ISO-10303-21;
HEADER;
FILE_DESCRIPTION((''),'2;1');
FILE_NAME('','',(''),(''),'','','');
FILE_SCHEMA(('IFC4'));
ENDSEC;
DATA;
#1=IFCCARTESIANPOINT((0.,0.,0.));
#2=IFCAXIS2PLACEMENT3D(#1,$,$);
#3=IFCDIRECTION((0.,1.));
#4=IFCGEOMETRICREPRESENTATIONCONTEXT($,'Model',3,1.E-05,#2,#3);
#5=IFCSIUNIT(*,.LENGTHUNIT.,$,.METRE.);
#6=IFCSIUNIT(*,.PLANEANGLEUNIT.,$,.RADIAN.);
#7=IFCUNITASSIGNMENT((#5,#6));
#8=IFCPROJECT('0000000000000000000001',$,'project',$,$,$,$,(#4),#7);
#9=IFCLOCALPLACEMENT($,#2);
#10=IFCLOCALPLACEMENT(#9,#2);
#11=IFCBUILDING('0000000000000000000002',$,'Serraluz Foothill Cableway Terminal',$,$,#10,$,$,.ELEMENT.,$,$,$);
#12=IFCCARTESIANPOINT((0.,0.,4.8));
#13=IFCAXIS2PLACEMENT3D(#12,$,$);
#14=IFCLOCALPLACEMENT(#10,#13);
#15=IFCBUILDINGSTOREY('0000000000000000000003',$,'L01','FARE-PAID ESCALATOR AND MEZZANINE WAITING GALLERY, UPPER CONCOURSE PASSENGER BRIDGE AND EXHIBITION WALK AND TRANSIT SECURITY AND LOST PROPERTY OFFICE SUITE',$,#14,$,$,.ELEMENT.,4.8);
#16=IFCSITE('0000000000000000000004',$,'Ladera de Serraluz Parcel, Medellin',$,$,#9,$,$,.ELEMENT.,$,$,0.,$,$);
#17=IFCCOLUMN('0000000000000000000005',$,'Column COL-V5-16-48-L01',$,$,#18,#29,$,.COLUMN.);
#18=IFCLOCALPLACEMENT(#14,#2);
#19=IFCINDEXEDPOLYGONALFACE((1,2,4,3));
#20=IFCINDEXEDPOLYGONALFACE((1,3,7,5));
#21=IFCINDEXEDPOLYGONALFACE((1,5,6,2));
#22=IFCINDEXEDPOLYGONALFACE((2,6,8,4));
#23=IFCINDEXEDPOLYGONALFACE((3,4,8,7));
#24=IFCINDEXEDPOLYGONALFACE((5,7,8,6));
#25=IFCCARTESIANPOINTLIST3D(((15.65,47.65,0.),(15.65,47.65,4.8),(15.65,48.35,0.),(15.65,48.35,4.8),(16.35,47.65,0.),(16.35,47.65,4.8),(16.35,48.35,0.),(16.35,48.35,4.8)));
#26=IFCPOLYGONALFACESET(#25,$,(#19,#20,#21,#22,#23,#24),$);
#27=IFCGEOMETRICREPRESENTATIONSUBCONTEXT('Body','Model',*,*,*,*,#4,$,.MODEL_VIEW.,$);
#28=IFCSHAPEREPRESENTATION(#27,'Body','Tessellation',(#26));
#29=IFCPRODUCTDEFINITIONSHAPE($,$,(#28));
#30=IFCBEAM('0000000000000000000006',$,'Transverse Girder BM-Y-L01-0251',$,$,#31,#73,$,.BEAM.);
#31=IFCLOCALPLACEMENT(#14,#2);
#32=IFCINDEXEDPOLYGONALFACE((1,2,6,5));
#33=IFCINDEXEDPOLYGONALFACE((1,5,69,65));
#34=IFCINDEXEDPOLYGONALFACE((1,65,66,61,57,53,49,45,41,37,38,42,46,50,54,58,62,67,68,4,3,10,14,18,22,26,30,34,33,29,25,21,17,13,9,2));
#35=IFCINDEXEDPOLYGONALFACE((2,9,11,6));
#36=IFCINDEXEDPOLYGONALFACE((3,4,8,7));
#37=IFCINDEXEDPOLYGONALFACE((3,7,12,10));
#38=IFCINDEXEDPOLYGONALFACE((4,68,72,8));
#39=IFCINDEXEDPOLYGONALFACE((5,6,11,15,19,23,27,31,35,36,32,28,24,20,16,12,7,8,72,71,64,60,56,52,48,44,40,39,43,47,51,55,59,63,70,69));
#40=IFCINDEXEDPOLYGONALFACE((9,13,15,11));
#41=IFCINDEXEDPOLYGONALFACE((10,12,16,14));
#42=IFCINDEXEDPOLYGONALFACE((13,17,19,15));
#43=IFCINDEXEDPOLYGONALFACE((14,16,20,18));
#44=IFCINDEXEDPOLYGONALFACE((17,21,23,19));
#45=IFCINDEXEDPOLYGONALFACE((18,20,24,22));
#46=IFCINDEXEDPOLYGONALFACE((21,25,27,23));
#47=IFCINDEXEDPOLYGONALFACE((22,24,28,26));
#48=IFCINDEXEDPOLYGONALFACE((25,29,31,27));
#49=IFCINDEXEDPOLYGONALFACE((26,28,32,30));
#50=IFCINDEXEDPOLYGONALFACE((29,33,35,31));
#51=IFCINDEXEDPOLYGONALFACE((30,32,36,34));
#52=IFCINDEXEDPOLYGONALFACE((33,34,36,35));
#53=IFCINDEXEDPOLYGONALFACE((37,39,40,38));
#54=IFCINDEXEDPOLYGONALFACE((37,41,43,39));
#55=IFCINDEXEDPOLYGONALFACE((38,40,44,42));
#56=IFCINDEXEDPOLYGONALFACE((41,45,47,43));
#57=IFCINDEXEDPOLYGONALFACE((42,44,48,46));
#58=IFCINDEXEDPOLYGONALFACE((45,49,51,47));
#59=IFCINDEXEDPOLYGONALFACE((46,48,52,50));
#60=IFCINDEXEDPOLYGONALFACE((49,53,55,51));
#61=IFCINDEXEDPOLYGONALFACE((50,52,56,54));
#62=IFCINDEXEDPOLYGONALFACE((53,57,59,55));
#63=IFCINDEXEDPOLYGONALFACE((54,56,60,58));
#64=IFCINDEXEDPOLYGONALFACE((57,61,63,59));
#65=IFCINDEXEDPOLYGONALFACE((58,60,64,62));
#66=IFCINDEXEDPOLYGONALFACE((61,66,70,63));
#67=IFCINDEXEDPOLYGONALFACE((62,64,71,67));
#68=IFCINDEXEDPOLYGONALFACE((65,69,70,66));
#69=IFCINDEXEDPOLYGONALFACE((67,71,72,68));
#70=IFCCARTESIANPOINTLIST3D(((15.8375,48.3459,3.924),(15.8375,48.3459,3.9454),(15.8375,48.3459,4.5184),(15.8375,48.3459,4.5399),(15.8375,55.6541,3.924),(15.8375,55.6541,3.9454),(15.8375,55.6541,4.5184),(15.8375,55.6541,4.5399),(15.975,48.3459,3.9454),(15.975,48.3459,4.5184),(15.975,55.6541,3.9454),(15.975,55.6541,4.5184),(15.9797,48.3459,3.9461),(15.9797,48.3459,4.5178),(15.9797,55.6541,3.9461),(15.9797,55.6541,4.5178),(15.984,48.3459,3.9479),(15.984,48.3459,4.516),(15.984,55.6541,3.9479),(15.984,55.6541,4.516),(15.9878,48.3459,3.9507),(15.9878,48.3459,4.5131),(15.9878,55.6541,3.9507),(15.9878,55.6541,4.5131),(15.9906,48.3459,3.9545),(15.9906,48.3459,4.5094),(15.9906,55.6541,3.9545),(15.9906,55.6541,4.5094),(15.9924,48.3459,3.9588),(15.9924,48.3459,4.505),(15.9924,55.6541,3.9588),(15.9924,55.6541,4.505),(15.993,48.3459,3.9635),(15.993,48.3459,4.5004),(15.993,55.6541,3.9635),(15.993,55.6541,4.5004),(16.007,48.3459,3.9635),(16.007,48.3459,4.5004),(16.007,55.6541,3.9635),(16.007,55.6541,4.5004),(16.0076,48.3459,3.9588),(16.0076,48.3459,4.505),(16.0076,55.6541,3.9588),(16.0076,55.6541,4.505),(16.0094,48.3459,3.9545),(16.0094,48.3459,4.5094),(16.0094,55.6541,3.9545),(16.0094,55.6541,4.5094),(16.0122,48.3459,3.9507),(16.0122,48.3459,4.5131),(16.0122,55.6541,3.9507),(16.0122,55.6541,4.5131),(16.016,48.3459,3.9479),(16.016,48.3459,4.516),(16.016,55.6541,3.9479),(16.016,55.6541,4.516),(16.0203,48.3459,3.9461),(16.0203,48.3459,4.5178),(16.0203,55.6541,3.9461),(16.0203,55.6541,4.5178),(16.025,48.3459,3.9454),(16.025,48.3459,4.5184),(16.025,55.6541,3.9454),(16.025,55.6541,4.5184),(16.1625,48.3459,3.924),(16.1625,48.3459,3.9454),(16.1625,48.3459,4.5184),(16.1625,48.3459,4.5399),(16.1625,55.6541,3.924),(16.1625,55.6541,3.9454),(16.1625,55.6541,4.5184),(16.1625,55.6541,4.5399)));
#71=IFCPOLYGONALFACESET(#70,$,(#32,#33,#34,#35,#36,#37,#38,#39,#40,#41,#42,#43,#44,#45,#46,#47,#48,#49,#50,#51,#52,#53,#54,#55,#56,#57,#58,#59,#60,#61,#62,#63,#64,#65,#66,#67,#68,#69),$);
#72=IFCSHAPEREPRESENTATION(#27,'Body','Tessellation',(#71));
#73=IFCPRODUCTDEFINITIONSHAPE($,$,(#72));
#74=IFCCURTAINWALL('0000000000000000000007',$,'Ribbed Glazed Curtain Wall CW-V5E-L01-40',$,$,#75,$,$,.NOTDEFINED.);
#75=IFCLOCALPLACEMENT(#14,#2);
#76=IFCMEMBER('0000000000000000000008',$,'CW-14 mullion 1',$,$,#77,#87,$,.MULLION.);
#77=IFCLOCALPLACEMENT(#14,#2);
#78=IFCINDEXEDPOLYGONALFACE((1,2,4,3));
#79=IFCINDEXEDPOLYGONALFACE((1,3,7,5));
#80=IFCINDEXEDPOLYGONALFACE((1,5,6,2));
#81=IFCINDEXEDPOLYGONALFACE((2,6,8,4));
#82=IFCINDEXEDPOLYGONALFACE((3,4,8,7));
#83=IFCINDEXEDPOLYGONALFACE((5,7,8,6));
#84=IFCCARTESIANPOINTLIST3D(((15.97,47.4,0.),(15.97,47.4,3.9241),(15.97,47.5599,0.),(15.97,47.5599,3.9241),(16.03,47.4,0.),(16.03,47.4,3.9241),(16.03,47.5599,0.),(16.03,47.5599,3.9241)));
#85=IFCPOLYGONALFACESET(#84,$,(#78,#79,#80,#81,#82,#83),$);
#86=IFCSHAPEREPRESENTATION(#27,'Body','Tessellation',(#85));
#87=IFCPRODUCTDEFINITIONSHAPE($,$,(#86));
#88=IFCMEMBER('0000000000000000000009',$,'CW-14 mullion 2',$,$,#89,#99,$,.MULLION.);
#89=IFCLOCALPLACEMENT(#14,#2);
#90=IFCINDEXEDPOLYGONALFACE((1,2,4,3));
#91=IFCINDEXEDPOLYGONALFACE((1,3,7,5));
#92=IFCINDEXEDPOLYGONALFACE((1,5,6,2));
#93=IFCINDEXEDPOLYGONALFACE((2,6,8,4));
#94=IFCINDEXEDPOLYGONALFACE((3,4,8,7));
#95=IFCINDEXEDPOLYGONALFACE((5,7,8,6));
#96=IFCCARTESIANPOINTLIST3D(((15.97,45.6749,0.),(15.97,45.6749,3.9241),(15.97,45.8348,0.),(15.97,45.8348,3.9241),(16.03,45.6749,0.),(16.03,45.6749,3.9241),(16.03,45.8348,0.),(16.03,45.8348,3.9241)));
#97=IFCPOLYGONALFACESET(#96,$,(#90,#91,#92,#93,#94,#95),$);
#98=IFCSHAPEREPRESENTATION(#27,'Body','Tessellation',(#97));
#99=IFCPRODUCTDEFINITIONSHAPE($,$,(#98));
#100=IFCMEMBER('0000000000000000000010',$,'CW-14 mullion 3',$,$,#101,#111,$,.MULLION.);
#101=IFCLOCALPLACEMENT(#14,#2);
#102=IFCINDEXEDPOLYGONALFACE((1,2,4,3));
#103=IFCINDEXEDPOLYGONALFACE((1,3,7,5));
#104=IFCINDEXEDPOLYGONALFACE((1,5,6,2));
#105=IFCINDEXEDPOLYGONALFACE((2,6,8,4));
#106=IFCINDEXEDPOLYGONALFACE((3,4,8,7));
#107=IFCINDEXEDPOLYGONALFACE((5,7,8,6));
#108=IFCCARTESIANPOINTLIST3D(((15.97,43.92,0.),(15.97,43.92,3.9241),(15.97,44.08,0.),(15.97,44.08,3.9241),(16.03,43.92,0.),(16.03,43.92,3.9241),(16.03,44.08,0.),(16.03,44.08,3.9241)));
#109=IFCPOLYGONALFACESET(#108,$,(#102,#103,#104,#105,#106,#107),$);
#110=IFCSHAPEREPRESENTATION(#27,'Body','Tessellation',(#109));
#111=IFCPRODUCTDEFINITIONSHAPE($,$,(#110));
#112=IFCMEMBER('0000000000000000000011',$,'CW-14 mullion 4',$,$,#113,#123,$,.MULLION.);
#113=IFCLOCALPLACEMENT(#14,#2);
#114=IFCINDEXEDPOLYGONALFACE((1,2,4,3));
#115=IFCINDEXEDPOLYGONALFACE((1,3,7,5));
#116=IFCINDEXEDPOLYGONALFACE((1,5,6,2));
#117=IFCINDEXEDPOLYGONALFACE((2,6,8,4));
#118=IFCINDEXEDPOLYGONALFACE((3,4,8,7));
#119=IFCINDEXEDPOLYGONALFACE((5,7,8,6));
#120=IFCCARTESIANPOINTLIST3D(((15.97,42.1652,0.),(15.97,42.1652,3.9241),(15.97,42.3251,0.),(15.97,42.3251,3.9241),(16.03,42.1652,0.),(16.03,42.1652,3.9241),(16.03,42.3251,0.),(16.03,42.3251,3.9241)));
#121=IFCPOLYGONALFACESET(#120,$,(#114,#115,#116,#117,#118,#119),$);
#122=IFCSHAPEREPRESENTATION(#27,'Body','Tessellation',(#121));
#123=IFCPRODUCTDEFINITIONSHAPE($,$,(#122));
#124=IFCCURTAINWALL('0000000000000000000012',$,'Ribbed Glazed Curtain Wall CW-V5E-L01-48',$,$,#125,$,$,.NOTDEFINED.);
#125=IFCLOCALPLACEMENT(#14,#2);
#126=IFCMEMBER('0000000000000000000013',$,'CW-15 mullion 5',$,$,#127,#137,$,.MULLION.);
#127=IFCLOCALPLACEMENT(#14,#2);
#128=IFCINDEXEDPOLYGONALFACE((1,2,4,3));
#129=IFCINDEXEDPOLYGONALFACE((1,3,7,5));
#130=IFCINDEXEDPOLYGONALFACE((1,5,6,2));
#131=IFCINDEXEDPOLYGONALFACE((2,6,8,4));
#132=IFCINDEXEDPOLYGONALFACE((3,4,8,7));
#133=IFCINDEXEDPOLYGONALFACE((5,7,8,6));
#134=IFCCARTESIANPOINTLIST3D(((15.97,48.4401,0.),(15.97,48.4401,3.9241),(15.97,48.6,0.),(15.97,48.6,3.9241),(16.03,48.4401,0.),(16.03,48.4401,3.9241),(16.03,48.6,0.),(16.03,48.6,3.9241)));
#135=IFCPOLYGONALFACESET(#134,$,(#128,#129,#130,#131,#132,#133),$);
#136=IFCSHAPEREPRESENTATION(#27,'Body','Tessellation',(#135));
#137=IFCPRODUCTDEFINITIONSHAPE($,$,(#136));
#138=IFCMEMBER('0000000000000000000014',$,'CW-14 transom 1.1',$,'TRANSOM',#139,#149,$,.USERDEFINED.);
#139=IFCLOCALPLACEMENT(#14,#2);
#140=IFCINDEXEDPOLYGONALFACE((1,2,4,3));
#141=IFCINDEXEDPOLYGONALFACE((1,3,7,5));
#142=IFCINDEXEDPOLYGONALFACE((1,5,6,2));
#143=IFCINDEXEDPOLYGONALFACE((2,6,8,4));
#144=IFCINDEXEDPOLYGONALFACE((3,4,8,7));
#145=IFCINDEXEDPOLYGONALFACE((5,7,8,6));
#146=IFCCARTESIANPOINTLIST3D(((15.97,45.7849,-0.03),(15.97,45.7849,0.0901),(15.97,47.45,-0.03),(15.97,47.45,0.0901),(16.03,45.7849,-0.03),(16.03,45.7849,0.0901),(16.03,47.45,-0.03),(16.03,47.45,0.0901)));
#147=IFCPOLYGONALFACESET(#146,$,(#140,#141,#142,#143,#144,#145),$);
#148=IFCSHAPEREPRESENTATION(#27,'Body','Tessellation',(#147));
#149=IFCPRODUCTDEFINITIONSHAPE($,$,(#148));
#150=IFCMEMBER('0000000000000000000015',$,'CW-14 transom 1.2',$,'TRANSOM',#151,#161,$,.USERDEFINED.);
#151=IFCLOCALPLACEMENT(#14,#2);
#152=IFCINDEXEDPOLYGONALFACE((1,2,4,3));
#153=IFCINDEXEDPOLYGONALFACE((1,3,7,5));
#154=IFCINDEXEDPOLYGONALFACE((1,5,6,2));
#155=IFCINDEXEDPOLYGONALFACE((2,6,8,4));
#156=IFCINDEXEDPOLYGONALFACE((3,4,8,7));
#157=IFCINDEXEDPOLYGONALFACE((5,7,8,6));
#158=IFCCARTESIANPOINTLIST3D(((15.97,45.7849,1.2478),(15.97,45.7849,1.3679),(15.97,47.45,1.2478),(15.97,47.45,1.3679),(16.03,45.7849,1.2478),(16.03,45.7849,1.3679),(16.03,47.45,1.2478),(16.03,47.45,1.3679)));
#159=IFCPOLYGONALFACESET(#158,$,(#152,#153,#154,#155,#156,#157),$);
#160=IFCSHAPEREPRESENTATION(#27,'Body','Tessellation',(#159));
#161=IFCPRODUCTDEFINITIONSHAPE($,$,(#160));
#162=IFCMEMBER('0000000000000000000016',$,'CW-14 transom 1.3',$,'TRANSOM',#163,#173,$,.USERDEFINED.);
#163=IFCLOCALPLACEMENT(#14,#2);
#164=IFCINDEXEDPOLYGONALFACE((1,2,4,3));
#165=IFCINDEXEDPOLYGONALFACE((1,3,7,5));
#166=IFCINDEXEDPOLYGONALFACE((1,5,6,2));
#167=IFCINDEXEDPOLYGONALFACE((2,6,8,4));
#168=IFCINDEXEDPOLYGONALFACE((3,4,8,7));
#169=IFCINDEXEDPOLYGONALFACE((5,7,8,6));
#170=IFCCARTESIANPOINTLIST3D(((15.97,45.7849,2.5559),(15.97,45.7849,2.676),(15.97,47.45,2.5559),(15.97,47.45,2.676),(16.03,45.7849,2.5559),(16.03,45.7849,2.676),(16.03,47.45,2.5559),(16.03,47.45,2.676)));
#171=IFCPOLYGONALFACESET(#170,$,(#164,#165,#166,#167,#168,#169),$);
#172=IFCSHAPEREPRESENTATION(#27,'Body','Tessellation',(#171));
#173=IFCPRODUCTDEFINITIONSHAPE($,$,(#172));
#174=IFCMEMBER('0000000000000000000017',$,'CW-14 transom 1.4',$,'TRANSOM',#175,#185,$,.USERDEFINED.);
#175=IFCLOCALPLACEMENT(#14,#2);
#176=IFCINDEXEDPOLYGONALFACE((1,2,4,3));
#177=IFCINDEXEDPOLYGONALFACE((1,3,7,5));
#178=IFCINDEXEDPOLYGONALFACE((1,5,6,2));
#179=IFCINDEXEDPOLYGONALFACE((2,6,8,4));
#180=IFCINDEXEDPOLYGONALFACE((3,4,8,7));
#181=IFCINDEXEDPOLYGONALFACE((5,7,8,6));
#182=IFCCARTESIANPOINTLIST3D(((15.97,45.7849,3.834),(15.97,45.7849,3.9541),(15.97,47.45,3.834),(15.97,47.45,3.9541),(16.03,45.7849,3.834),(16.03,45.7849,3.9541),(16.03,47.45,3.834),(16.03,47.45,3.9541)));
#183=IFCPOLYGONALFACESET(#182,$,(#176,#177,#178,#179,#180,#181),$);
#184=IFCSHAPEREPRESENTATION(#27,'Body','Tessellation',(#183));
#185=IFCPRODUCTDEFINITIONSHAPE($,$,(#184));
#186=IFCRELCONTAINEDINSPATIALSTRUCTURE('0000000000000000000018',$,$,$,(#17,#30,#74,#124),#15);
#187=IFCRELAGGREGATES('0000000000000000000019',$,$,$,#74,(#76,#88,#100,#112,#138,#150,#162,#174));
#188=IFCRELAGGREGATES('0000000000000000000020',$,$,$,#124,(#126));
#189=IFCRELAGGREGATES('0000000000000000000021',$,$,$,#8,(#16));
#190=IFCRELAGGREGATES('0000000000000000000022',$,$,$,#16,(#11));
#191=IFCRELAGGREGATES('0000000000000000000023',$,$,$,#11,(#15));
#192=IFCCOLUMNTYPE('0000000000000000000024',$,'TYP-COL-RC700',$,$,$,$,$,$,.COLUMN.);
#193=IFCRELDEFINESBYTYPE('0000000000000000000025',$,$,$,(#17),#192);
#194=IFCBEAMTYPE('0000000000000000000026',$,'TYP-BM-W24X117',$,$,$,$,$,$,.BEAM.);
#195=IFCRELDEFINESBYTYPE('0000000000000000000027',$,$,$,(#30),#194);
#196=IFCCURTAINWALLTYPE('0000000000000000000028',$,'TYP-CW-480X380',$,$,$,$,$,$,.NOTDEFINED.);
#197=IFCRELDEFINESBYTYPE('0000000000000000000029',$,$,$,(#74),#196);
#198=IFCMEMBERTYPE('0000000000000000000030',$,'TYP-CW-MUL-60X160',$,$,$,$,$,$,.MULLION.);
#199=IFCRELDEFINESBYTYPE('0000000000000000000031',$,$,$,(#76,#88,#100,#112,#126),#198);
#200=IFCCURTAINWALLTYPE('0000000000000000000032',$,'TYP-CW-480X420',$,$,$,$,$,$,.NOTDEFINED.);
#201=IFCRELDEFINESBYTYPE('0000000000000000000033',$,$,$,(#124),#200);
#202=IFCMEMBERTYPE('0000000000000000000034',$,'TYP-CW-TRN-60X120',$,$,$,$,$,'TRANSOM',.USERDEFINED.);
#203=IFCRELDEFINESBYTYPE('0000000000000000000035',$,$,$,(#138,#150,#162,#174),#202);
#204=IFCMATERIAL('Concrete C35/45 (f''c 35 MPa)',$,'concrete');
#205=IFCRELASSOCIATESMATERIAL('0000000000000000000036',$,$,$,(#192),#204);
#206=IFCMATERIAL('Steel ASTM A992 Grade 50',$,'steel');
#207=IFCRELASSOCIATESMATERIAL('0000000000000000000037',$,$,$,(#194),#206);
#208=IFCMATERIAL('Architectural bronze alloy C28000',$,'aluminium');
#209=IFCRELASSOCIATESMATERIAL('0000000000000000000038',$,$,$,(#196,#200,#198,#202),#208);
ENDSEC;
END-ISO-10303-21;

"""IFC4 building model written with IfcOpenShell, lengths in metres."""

from ifc_helpers import new_model, si_unit, direction, frame, origin, origin_2d, place, context, subcontext, project, spatial, rectangle, i_section, extrude, material, material_profile, profile_set, type_object, element, aggregate, save


model = new_model("IFC4")

# Units and contexts
model_context = context("Model", 3, precision=1e-05, world=origin(), true_north=direction((0.0, 1.0)))
body_context = subcontext(model_context, "Body", "Model", "MODEL_VIEW")
ifc_project = project(units=[si_unit("LENGTHUNIT", "METRE"), si_unit("PLANEANGLEUNIT", "RADIAN")], contexts=[model_context])

# Site, building, storey
site_placement = place(None, origin())
site = spatial("IfcSite", under=ifc_project, at=site_placement, Name="Ladera de Serraluz Parcel, Medellin", CompositionType="ELEMENT", RefElevation=0.0)
building_placement = place(site_placement, origin())
building = spatial("IfcBuilding", under=site, at=building_placement, Name="Serraluz Foothill Cableway Terminal", CompositionType="ELEMENT")
storey_placement = place(building_placement, frame((0.0, 0.0, 4.8)))
storey = spatial("IfcBuildingStorey", under=building, at=storey_placement, Name="L01", Description="FARE-PAID ESCALATOR AND MEZZANINE WAITING GALLERY, UPPER CONCOURSE PASSENGER BRIDGE AND EXHIBITION WALK AND TRANSIT SECURITY AND LOST PROPERTY OFFICE SUITE", CompositionType="ELEMENT", Elevation=4.8)

# Column
ifc_material_1 = material(Name="Concrete C35/45 (f'c 35 MPa)", Category="concrete")
ifc_material_profile_1 = material_profile(ifc_material_1, rectangle(XDim=0.7, YDim=0.7, at=origin_2d()), Name="RC 700x700")
ifc_profile_set_1 = profile_set([ifc_material_profile_1], Name="Concrete C35/45 (f'c 35 MPa)")
column_type = type_object("IfcColumnType", Name="TYP-COL-RC700", PredefinedType="COLUMN", material=ifc_profile_set_1)
column_placement = place(storey_placement, frame((16.0, 48.0, 0.0), z_axis=(0.0, 0.0, 1.0), x_axis=(1.0, 0.0, 0.0)))
element("IfcColumn", 1, at=column_placement, inside=storey, type_object=column_type, Name="Column COL-V5-16-48-L01", PredefinedType="COLUMN", context=body_context, shape_type="SweptSolid", body=[
    extrude(rectangle(XDim=0.7, YDim=0.7, at=origin_2d()), origin(), (0.0, 0.0, 1.0), 4.8),
])

# Beam
ifc_material_2 = material(Name="Steel ASTM A992 Grade 50", Category="steel")
ifc_material_profile_2 = material_profile(ifc_material_2, i_section(OverallWidth=0.325, OverallDepth=0.616, WebThickness=0.0139, FlangeThickness=0.0215, FilletRadius=0.0181, at=origin_2d()), Name="W24X117")
ifc_profile_set_2 = profile_set([ifc_material_profile_2], Name="Steel ASTM A992 Grade 50")
beam_type = type_object("IfcBeamType", Name="TYP-BM-W24X117", PredefinedType="BEAM", material=ifc_profile_set_2)
beam_placement = place(storey_placement, frame((16.0, 48.3459, 4.2319), z_axis=(0.0, 1.0, 0.0), x_axis=(-1.0, 0.0, 0.0)))
element("IfcBeam", 2, at=beam_placement, inside=storey, type_object=beam_type, Name="Transverse Girder BM-Y-L01-0251", PredefinedType="BEAM", context=body_context, shape_type="SweptSolid", body=[
    extrude(i_section(OverallWidth=0.325, OverallDepth=0.616, WebThickness=0.0139, FlangeThickness=0.0215, FilletRadius=0.0181, at=origin_2d()), origin(), (0.0, 0.0, 1.0), 7.3081),
])

# Curtain wall, members
ifc_material_3 = material(Name="Architectural bronze alloy C28000", Category="aluminium")
curtain_wall_type_1 = type_object("IfcCurtainWallType", Name="TYP-CW-480X380", PredefinedType="NOTDEFINED", material=ifc_material_3)
curtain_wall_1_placement = place(storey_placement, origin())
curtain_wall_1 = element("IfcCurtainWall", 3, at=curtain_wall_1_placement, inside=storey, type_object=curtain_wall_type_1, Name="Ribbed Glazed Curtain Wall CW-V5E-L01-40", PredefinedType="NOTDEFINED")
ifc_material_profile_3 = material_profile(ifc_material_3, rectangle(XDim=0.0601, YDim=0.1599, at=origin_2d()), Name="ALU MULLION 60x160")
ifc_profile_set_3 = profile_set([ifc_material_profile_3], Name="Architectural bronze alloy C28000")
member_type_1 = type_object("IfcMemberType", Name="TYP-CW-MUL-60X160", PredefinedType="MULLION", material=ifc_profile_set_3)
member_1_placement = place(storey_placement, frame((16.0, 47.48, 0.0), z_axis=(0.0, 0.0, 1.0), x_axis=(1.0, 0.0, 0.0)))
member_1 = element("IfcMember", 4, at=member_1_placement, type_object=member_type_1, Name="CW-14 mullion 1", PredefinedType="MULLION", context=body_context, shape_type="SweptSolid", body=[
    extrude(rectangle(XDim=0.0601, YDim=0.1599, at=origin_2d()), origin(), (0.0, 0.0, 1.0), 3.9241),
])
member_2_placement = place(storey_placement, frame((16.0, 45.7549, 0.0), z_axis=(0.0, 0.0, 1.0), x_axis=(1.0, 0.0, 0.0)))
member_2 = element("IfcMember", 5, at=member_2_placement, type_object=member_type_1, Name="CW-14 mullion 2", PredefinedType="MULLION", context=body_context, shape_type="SweptSolid", body=[
    extrude(rectangle(XDim=0.0601, YDim=0.1599, at=origin_2d()), origin(), (0.0, 0.0, 1.0), 3.9241),
])
member_3_placement = place(storey_placement, frame((16.0, 44.0, 0.0), z_axis=(0.0, 0.0, 1.0), x_axis=(1.0, 0.0, 0.0)))
member_3 = element("IfcMember", 6, at=member_3_placement, type_object=member_type_1, Name="CW-14 mullion 3", PredefinedType="MULLION", context=body_context, shape_type="SweptSolid", body=[
    extrude(rectangle(XDim=0.0601, YDim=0.1599, at=origin_2d()), origin(), (0.0, 0.0, 1.0), 3.9241),
])
member_4_placement = place(storey_placement, frame((16.0, 42.2451, 0.0), z_axis=(0.0, 0.0, 1.0), x_axis=(1.0, 0.0, 0.0)))
member_4 = element("IfcMember", 7, at=member_4_placement, type_object=member_type_1, Name="CW-14 mullion 4", PredefinedType="MULLION", context=body_context, shape_type="SweptSolid", body=[
    extrude(rectangle(XDim=0.0601, YDim=0.1599, at=origin_2d()), origin(), (0.0, 0.0, 1.0), 3.9241),
])

# Curtain wall, member
curtain_wall_type_2 = type_object("IfcCurtainWallType", Name="TYP-CW-480X420", PredefinedType="NOTDEFINED", material=ifc_material_3)
curtain_wall_2_placement = place(storey_placement, origin())
curtain_wall_2 = element("IfcCurtainWall", 8, at=curtain_wall_2_placement, inside=storey, type_object=curtain_wall_type_2, Name="Ribbed Glazed Curtain Wall CW-V5E-L01-48", PredefinedType="NOTDEFINED")
member_5_placement = place(storey_placement, frame((16.0, 48.52, 0.0), z_axis=(0.0, 0.0, 1.0), x_axis=(1.0, 0.0, 0.0)))
member_5 = element("IfcMember", 9, at=member_5_placement, type_object=member_type_1, Name="CW-15 mullion 5", PredefinedType="MULLION", context=body_context, shape_type="SweptSolid", body=[
    extrude(rectangle(XDim=0.0601, YDim=0.1599, at=origin_2d()), origin(), (0.0, 0.0, 1.0), 3.9241),
])

# Members
ifc_material_profile_4 = material_profile(ifc_material_3, rectangle(XDim=0.0601, YDim=0.1201, at=origin_2d()), Name="ALU TRANSOM 60x120")
ifc_profile_set_4 = profile_set([ifc_material_profile_4], Name="Architectural bronze alloy C28000")
member_type_2 = type_object("IfcMemberType", Name="TYP-CW-TRN-60X120", ElementType="TRANSOM", PredefinedType="USERDEFINED", material=ifc_profile_set_4)
member_6_placement = place(storey_placement, frame((16.0, 47.45, 0.03), z_axis=(0.0, -1.0, 0.0), x_axis=(1.0, 0.0, 0.0)))
member_6 = element("IfcMember", 10, at=member_6_placement, type_object=member_type_2, Name="CW-14 transom 1.1", ObjectType="TRANSOM", PredefinedType="USERDEFINED", context=body_context, shape_type="SweptSolid", body=[
    extrude(rectangle(XDim=0.0601, YDim=0.1201, at=origin_2d()), origin(), (0.0, 0.0, 1.0), 1.665),
])
member_7_placement = place(storey_placement, frame((16.0, 47.45, 1.3079), z_axis=(0.0, -1.0, 0.0), x_axis=(1.0, 0.0, 0.0)))
member_7 = element("IfcMember", 11, at=member_7_placement, type_object=member_type_2, Name="CW-14 transom 1.2", ObjectType="TRANSOM", PredefinedType="USERDEFINED", context=body_context, shape_type="SweptSolid", body=[
    extrude(rectangle(XDim=0.0601, YDim=0.1201, at=origin_2d()), origin(), (0.0, 0.0, 1.0), 1.665),
])
member_8_placement = place(storey_placement, frame((16.0, 47.45, 2.616), z_axis=(0.0, -1.0, 0.0), x_axis=(1.0, 0.0, 0.0)))
member_8 = element("IfcMember", 12, at=member_8_placement, type_object=member_type_2, Name="CW-14 transom 1.3", ObjectType="TRANSOM", PredefinedType="USERDEFINED", context=body_context, shape_type="SweptSolid", body=[
    extrude(rectangle(XDim=0.0601, YDim=0.1201, at=origin_2d()), origin(), (0.0, 0.0, 1.0), 1.665),
])
member_9_placement = place(storey_placement, frame((16.0, 47.45, 3.894), z_axis=(0.0, -1.0, 0.0), x_axis=(1.0, 0.0, 0.0)))
member_9 = element("IfcMember", 13, at=member_9_placement, type_object=member_type_2, Name="CW-14 transom 1.4", ObjectType="TRANSOM", PredefinedType="USERDEFINED", context=body_context, shape_type="SweptSolid", body=[
    extrude(rectangle(XDim=0.0601, YDim=0.1201, at=origin_2d()), origin(), (0.0, 0.0, 1.0), 1.665),
])

aggregate(curtain_wall_1, [member_1, member_2, member_3, member_4, member_6, member_7, member_8, member_9])
aggregate(curtain_wall_2, [member_5])

save(model, "model.ifc")
